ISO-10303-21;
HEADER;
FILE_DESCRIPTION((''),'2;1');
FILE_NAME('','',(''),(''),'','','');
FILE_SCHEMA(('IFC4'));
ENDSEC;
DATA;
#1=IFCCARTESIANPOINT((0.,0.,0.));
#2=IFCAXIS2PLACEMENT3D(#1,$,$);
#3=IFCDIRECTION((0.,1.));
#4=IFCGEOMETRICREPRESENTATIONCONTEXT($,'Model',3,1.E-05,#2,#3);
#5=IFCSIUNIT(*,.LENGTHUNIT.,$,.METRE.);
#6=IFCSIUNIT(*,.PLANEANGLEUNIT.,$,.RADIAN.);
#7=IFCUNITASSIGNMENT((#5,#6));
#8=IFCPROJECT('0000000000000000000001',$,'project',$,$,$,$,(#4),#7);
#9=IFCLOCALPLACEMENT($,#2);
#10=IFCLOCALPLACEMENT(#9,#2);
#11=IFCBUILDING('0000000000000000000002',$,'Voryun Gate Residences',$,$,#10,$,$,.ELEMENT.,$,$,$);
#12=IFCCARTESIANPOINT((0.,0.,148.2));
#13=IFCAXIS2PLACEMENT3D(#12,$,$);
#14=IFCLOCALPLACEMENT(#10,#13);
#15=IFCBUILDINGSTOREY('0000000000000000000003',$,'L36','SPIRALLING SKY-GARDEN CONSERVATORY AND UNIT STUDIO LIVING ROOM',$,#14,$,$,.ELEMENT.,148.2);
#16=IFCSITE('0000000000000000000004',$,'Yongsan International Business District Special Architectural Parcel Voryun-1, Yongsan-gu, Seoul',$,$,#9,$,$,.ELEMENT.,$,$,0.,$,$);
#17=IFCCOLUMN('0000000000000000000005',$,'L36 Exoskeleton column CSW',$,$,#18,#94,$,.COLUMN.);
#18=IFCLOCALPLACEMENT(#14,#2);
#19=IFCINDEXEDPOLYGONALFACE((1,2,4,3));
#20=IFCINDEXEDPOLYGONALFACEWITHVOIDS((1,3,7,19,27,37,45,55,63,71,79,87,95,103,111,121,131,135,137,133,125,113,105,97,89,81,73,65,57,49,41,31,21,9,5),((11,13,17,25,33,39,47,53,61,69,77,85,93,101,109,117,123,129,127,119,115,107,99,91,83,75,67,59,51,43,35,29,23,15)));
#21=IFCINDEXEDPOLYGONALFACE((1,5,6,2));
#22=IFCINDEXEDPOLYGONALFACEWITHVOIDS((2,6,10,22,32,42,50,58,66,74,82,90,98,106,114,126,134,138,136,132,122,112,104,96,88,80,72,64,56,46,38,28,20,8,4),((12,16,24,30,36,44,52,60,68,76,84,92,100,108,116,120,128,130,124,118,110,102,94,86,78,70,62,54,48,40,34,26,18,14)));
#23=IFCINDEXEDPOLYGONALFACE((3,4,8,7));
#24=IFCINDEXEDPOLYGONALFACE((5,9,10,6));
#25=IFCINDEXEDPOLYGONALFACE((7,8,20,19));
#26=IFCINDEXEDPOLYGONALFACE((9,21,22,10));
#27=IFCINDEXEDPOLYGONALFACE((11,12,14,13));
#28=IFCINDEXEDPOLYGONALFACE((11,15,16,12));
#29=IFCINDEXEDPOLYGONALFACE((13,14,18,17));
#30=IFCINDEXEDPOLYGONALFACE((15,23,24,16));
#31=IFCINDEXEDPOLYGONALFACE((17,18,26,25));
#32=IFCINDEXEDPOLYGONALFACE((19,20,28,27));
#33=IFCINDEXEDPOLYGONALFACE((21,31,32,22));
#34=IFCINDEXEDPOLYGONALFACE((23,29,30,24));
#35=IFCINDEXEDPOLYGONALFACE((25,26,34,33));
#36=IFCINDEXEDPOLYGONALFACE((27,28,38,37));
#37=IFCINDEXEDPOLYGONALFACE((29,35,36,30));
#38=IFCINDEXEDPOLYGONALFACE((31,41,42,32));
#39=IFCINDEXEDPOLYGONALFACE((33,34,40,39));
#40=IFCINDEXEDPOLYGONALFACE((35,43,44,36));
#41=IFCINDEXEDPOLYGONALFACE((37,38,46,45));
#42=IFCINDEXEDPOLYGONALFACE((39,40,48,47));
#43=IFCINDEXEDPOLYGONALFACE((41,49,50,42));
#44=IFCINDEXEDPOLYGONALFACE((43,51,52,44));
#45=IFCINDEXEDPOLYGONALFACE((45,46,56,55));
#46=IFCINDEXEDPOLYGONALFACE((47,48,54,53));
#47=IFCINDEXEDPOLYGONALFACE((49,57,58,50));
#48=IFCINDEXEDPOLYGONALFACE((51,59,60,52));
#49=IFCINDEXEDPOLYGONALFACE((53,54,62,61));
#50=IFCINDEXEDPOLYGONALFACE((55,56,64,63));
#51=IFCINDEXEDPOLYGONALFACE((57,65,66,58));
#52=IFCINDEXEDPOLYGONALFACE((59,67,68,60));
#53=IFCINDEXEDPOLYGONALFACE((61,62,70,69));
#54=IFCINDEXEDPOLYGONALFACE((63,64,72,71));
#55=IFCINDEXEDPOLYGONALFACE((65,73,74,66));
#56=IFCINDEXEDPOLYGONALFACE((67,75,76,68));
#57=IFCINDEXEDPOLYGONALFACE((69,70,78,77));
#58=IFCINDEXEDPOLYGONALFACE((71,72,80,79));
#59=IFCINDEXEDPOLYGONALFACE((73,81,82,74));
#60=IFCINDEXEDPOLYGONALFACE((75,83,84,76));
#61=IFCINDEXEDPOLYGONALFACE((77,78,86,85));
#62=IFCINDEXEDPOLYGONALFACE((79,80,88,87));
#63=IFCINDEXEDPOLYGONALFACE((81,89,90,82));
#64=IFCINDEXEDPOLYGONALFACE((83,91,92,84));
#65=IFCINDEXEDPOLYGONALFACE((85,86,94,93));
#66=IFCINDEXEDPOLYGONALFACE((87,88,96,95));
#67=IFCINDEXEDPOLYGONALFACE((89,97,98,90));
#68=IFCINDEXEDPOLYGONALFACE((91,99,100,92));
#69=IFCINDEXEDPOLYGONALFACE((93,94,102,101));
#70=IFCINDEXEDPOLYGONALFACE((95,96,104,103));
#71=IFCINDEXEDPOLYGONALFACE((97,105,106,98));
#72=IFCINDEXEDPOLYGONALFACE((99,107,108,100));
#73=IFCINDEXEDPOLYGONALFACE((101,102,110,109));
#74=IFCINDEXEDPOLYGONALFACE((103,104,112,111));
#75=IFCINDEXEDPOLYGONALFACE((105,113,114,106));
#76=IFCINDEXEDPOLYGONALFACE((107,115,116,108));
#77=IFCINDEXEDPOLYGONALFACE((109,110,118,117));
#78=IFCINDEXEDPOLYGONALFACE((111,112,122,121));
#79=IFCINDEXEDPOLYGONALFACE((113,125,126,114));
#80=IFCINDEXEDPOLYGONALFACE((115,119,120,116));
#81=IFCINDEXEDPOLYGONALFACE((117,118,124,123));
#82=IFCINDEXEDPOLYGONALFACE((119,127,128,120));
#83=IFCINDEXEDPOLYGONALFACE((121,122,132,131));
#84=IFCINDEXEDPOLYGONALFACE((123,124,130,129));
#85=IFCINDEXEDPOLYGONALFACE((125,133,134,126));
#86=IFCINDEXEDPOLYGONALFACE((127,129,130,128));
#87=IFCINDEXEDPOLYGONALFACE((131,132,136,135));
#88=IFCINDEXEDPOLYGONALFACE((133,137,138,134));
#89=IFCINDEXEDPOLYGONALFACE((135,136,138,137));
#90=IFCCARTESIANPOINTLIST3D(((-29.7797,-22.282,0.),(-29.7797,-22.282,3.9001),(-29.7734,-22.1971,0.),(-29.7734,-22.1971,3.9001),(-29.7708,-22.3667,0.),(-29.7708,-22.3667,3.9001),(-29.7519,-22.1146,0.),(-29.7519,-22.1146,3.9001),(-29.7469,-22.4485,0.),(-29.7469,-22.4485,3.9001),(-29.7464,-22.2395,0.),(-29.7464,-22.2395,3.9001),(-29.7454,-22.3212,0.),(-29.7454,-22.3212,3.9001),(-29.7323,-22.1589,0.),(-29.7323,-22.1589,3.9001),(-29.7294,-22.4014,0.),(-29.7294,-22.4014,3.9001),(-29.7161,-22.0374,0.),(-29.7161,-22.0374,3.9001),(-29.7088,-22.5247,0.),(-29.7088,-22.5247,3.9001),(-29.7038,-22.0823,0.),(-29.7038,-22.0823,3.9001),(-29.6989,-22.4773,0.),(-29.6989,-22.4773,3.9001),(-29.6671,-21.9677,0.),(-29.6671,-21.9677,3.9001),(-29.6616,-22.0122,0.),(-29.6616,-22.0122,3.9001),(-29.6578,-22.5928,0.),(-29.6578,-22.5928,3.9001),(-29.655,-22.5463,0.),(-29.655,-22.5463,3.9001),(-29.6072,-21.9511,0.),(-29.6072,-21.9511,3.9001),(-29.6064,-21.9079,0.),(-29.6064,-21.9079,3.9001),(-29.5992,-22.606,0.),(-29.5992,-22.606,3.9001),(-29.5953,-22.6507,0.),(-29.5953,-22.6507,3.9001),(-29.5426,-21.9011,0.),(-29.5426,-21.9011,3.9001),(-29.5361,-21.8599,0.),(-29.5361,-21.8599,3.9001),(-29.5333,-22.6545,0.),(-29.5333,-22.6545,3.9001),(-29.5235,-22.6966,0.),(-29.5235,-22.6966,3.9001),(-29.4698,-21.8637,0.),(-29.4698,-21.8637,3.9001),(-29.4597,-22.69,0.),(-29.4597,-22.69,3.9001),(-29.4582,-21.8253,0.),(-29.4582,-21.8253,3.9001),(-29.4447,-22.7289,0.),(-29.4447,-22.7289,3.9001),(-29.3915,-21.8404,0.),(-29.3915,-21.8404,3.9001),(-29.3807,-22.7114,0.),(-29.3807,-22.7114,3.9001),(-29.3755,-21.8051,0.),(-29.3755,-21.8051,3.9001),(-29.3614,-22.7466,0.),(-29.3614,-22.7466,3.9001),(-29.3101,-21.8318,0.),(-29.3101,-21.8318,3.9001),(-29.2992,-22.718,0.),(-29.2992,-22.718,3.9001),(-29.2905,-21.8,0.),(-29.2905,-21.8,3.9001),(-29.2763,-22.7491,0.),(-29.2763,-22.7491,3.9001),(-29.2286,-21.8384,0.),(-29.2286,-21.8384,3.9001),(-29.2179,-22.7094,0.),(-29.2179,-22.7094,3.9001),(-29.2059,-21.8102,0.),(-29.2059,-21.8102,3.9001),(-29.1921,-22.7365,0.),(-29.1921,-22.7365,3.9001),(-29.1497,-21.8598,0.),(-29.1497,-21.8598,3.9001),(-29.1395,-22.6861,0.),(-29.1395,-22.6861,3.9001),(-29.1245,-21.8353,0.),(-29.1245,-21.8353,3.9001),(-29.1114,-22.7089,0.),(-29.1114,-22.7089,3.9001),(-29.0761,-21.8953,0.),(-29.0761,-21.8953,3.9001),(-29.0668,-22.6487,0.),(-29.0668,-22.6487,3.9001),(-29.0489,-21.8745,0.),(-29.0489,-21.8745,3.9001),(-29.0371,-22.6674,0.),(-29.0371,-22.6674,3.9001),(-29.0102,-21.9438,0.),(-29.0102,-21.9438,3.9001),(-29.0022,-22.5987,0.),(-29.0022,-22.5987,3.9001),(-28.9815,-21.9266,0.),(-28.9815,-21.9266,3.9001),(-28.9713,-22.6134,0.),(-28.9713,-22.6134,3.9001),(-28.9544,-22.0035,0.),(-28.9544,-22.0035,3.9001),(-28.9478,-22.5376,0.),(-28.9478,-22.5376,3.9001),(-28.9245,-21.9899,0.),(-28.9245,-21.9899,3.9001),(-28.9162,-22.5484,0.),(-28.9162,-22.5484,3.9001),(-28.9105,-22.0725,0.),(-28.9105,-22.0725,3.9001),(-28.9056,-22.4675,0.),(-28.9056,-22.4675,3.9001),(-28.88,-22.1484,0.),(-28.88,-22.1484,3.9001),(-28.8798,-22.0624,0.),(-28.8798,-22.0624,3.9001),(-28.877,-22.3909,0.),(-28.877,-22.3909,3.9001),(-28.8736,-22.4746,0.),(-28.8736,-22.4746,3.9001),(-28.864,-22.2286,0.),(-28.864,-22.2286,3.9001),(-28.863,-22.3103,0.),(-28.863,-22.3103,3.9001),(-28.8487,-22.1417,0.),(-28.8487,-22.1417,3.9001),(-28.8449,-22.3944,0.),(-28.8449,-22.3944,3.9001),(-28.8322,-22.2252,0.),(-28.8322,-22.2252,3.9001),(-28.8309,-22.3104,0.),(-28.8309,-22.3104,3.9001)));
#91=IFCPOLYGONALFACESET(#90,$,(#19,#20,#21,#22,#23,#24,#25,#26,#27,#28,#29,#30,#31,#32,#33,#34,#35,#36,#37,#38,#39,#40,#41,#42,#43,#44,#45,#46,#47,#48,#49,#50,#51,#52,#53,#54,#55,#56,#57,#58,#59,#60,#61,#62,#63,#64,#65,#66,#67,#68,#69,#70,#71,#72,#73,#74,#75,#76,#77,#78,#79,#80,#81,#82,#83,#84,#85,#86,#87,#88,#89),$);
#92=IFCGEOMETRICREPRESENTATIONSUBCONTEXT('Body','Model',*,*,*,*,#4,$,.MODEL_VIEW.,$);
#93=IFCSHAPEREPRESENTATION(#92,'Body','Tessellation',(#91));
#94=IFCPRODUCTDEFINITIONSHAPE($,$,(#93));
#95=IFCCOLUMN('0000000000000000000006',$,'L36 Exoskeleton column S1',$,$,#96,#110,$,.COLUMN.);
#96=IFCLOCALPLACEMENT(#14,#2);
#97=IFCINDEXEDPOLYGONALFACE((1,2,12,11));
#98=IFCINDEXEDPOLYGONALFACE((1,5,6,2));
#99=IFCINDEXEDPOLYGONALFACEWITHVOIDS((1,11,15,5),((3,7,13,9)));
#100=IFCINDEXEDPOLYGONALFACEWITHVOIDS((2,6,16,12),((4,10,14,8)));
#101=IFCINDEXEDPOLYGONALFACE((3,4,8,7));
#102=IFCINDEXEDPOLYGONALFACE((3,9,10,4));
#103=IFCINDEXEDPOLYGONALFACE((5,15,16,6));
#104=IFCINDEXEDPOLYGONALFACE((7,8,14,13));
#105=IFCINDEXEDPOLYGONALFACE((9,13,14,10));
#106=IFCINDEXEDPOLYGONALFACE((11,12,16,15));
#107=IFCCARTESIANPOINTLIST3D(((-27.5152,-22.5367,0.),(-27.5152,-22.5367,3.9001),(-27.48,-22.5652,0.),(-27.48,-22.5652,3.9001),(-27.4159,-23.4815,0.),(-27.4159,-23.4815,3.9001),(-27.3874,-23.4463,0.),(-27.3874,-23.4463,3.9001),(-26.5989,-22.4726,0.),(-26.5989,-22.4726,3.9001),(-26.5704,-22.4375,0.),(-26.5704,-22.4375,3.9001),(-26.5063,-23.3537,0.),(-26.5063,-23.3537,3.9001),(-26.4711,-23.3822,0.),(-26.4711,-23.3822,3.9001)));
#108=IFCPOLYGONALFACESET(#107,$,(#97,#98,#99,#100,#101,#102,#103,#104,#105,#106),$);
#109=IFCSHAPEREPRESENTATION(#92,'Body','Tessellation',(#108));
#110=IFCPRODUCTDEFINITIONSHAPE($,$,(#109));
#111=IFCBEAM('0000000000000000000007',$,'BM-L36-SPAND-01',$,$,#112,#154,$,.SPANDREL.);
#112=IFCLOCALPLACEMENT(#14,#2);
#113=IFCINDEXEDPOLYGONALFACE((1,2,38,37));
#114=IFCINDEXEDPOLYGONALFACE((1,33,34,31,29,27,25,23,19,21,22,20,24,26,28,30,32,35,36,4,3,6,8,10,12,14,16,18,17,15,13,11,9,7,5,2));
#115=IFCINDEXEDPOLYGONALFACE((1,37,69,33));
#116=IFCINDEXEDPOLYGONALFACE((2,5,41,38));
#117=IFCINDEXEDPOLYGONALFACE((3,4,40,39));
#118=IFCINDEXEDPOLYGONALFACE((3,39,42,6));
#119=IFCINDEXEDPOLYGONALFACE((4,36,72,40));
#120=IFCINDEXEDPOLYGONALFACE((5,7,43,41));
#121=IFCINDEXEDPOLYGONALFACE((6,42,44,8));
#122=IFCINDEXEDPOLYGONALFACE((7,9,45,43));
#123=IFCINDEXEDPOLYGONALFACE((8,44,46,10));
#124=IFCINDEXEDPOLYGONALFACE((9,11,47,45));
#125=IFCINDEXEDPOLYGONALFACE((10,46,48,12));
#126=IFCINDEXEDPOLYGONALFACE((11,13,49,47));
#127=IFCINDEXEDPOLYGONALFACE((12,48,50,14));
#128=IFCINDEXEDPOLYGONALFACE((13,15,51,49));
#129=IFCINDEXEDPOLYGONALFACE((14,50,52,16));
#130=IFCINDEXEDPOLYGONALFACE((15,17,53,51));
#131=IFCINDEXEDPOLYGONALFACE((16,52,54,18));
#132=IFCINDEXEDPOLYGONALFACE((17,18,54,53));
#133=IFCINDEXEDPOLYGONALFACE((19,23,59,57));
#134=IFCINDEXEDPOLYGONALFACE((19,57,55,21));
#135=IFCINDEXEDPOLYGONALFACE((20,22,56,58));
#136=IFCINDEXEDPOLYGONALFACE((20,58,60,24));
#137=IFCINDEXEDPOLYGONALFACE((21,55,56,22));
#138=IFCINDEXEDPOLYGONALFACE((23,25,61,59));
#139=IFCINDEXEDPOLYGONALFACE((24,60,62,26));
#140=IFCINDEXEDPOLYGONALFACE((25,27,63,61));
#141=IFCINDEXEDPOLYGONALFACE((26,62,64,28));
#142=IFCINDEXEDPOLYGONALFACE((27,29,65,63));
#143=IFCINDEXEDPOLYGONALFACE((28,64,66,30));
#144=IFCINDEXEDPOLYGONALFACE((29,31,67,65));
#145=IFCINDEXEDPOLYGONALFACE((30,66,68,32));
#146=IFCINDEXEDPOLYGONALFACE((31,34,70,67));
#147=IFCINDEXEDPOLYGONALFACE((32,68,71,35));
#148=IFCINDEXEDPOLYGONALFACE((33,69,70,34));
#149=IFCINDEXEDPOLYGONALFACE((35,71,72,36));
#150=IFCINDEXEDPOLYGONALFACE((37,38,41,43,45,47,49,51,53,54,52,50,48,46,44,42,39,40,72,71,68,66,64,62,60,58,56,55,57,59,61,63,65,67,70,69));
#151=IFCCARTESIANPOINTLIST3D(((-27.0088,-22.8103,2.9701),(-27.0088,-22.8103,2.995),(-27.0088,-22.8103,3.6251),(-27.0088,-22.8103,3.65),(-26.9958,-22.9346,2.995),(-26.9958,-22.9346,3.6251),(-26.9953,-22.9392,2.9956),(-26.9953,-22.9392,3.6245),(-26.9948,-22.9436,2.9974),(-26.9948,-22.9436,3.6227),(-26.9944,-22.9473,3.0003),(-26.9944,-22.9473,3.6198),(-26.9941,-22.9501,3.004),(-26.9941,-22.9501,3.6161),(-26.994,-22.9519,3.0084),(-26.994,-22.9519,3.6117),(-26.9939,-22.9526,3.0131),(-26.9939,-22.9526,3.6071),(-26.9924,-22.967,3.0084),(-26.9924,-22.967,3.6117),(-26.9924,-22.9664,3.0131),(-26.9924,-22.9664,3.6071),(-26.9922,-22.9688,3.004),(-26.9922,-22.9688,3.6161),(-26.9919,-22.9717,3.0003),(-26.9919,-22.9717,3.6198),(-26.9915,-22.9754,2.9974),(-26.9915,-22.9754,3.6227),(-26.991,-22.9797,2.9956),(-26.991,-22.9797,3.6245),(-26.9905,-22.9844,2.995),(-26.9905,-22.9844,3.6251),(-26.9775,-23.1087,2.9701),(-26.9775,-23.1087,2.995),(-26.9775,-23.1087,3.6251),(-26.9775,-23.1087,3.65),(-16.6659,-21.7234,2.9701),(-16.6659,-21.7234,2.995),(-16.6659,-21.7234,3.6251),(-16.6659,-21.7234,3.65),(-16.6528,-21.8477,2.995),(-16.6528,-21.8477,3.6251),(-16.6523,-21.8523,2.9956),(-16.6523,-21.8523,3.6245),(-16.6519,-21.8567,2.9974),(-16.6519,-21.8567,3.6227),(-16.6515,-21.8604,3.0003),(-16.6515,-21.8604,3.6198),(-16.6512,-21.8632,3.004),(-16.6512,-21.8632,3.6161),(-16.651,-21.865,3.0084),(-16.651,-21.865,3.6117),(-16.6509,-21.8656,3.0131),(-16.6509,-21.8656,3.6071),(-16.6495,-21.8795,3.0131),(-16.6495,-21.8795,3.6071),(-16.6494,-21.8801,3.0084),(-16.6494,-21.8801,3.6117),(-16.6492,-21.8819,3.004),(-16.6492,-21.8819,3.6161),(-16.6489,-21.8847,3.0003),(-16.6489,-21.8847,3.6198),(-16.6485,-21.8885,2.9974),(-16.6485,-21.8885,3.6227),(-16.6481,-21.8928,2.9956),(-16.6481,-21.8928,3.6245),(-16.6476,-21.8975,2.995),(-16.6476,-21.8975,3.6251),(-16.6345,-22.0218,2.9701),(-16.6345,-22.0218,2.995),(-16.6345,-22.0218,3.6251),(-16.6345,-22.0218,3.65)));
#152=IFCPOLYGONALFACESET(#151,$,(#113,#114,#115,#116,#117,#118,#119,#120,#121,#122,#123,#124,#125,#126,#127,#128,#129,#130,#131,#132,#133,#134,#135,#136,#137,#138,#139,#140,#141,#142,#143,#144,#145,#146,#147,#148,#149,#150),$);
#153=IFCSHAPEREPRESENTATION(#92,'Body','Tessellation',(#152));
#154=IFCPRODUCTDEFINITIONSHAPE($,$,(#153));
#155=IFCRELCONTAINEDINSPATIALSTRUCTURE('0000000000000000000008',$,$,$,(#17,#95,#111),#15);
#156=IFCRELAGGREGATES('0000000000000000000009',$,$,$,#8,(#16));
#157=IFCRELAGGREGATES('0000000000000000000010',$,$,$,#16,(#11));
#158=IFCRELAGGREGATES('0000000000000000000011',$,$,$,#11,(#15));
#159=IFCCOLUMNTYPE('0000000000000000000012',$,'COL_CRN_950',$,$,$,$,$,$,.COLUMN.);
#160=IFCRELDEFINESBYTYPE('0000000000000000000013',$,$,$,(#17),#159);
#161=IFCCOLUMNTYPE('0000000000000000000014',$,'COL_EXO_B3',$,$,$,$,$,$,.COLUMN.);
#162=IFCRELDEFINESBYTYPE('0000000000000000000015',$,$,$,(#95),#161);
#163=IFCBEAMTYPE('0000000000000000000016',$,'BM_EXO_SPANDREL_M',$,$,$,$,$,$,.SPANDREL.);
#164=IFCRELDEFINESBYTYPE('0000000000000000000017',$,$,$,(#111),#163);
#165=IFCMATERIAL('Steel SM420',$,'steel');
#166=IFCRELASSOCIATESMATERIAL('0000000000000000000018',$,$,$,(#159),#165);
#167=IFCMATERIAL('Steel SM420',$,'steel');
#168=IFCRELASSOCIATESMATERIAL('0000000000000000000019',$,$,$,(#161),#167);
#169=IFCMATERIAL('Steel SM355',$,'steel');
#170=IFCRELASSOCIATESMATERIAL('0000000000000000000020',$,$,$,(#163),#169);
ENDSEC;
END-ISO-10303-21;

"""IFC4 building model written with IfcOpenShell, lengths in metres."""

from ifc_helpers import new_model, si_unit, direction, frame, origin, origin_2d, place, context, subcontext, project, spatial, hollow_rectangle, hollow_circle, i_section, extrude, material, material_profile, profile_set, type_object, element, save


model = new_model("IFC4")

# Units and contexts
model_context = context("Model", 3, precision=1e-05, world=origin(), true_north=direction((0.0, 1.0)))
body_context = subcontext(model_context, "Body", "Model", "MODEL_VIEW")
ifc_project = project(units=[si_unit("LENGTHUNIT", "METRE"), si_unit("PLANEANGLEUNIT", "RADIAN")], contexts=[model_context])

# Site, building, storey
site_placement = place(None, origin())
site = spatial("IfcSite", under=ifc_project, at=site_placement, Name="Yongsan International Business District Special Architectural Parcel Voryun-1, Yongsan-gu, Seoul", CompositionType="ELEMENT", RefElevation=0.0)
building_placement = place(site_placement, origin())
building = spatial("IfcBuilding", under=site, at=building_placement, Name="Voryun Gate Residences", CompositionType="ELEMENT")
storey_placement = place(building_placement, frame((0.0, 0.0, 148.2)))
storey = spatial("IfcBuildingStorey", under=building, at=storey_placement, Name="L36", Description="SPIRALLING SKY-GARDEN CONSERVATORY AND UNIT STUDIO LIVING ROOM", CompositionType="ELEMENT", Elevation=148.2)

# Columns
ifc_material_1 = material(Name="Steel SM420", Category="steel")
ifc_material_profile_1 = material_profile(ifc_material_1, hollow_circle(Radius=0.4751, WallThickness=0.032, at=origin_2d()), Name="CHS-950x32")
ifc_profile_set_1 = profile_set([ifc_material_profile_1], Name="Steel SM420")
column_type_1 = type_object("IfcColumnType", Name="COL_CRN_950", PredefinedType="COLUMN", material=ifc_profile_set_1)
column_1_placement = place(storey_placement, frame((-29.3047, -22.2749, 0.0), z_axis=(0.0, 0.0, 1.0), x_axis=(0.994522, 0.104528, 0.0)))
element("IfcColumn", 1, at=column_1_placement, inside=storey, type_object=column_type_1, Name="L36 Exoskeleton column CSW", PredefinedType="COLUMN", context=body_context, shape_type="SweptSolid", body=[
    extrude(hollow_circle(Radius=0.4751, WallThickness=0.032, at=origin_2d()), origin(), (0.0, 0.0, 1.0), 3.9001),
])
ifc_material_2 = material(Name="Steel SM420", Category="steel")
ifc_material_profile_2 = material_profile(ifc_material_2, hollow_rectangle(XDim=0.95, YDim=0.95, WallThickness=0.032, at=origin_2d()), Name="BOX-950x950x32")
ifc_profile_set_2 = profile_set([ifc_material_profile_2], Name="Steel SM420")
column_type_2 = type_object("IfcColumnType", Name="COL_EXO_B3", PredefinedType="COLUMN", material=ifc_profile_set_2)
column_2_placement = place(storey_placement, frame((-26.9932, -22.9595, 0.0), z_axis=(0.0, 0.0, 1.0), x_axis=(0.994522, 0.104528, 0.0)))
element("IfcColumn", 2, at=column_2_placement, inside=storey, type_object=column_type_2, Name="L36 Exoskeleton column S1", PredefinedType="COLUMN", context=body_context, shape_type="SweptSolid", body=[
    extrude(hollow_rectangle(XDim=0.95, YDim=0.95, WallThickness=0.032, at=origin_2d()), origin(), (0.0, 0.0, 1.0), 3.9001),
])

# Beam
ifc_material_3 = material(Name="Steel SM355", Category="steel")
ifc_material_profile_3 = material_profile(ifc_material_3, i_section(OverallWidth=0.3, OverallDepth=0.6799, WebThickness=0.0139, FlangeThickness=0.0249, FilletRadius=0.0181, at=origin_2d()), Name="H-680x300x14x25")
ifc_profile_set_3 = profile_set([ifc_material_profile_3], Name="Steel SM355")
beam_type = type_object("IfcBeamType", Name="BM_EXO_SPANDREL_M", PredefinedType="SPANDREL", material=ifc_profile_set_3)
beam_1_placement = place(storey_placement, frame((-26.9932, -22.9595, 3.3101), z_axis=(0.994524, 0.104511, 0.0), x_axis=(-0.104511, 0.994524, 0.0)))
element("IfcBeam", 3, at=beam_1_placement, inside=storey, type_object=beam_type, Name="BM-L36-SPAND-01", PredefinedType="SPANDREL", context=body_context, shape_type="SweptSolid", body=[
    extrude(i_section(OverallWidth=0.3, OverallDepth=0.6799, WebThickness=0.0139, FlangeThickness=0.0249, FilletRadius=0.0181, at=origin_2d()), origin(), (0.0, 0.0, 1.0), 10.3999),
])

save(model, "model.ifc")
